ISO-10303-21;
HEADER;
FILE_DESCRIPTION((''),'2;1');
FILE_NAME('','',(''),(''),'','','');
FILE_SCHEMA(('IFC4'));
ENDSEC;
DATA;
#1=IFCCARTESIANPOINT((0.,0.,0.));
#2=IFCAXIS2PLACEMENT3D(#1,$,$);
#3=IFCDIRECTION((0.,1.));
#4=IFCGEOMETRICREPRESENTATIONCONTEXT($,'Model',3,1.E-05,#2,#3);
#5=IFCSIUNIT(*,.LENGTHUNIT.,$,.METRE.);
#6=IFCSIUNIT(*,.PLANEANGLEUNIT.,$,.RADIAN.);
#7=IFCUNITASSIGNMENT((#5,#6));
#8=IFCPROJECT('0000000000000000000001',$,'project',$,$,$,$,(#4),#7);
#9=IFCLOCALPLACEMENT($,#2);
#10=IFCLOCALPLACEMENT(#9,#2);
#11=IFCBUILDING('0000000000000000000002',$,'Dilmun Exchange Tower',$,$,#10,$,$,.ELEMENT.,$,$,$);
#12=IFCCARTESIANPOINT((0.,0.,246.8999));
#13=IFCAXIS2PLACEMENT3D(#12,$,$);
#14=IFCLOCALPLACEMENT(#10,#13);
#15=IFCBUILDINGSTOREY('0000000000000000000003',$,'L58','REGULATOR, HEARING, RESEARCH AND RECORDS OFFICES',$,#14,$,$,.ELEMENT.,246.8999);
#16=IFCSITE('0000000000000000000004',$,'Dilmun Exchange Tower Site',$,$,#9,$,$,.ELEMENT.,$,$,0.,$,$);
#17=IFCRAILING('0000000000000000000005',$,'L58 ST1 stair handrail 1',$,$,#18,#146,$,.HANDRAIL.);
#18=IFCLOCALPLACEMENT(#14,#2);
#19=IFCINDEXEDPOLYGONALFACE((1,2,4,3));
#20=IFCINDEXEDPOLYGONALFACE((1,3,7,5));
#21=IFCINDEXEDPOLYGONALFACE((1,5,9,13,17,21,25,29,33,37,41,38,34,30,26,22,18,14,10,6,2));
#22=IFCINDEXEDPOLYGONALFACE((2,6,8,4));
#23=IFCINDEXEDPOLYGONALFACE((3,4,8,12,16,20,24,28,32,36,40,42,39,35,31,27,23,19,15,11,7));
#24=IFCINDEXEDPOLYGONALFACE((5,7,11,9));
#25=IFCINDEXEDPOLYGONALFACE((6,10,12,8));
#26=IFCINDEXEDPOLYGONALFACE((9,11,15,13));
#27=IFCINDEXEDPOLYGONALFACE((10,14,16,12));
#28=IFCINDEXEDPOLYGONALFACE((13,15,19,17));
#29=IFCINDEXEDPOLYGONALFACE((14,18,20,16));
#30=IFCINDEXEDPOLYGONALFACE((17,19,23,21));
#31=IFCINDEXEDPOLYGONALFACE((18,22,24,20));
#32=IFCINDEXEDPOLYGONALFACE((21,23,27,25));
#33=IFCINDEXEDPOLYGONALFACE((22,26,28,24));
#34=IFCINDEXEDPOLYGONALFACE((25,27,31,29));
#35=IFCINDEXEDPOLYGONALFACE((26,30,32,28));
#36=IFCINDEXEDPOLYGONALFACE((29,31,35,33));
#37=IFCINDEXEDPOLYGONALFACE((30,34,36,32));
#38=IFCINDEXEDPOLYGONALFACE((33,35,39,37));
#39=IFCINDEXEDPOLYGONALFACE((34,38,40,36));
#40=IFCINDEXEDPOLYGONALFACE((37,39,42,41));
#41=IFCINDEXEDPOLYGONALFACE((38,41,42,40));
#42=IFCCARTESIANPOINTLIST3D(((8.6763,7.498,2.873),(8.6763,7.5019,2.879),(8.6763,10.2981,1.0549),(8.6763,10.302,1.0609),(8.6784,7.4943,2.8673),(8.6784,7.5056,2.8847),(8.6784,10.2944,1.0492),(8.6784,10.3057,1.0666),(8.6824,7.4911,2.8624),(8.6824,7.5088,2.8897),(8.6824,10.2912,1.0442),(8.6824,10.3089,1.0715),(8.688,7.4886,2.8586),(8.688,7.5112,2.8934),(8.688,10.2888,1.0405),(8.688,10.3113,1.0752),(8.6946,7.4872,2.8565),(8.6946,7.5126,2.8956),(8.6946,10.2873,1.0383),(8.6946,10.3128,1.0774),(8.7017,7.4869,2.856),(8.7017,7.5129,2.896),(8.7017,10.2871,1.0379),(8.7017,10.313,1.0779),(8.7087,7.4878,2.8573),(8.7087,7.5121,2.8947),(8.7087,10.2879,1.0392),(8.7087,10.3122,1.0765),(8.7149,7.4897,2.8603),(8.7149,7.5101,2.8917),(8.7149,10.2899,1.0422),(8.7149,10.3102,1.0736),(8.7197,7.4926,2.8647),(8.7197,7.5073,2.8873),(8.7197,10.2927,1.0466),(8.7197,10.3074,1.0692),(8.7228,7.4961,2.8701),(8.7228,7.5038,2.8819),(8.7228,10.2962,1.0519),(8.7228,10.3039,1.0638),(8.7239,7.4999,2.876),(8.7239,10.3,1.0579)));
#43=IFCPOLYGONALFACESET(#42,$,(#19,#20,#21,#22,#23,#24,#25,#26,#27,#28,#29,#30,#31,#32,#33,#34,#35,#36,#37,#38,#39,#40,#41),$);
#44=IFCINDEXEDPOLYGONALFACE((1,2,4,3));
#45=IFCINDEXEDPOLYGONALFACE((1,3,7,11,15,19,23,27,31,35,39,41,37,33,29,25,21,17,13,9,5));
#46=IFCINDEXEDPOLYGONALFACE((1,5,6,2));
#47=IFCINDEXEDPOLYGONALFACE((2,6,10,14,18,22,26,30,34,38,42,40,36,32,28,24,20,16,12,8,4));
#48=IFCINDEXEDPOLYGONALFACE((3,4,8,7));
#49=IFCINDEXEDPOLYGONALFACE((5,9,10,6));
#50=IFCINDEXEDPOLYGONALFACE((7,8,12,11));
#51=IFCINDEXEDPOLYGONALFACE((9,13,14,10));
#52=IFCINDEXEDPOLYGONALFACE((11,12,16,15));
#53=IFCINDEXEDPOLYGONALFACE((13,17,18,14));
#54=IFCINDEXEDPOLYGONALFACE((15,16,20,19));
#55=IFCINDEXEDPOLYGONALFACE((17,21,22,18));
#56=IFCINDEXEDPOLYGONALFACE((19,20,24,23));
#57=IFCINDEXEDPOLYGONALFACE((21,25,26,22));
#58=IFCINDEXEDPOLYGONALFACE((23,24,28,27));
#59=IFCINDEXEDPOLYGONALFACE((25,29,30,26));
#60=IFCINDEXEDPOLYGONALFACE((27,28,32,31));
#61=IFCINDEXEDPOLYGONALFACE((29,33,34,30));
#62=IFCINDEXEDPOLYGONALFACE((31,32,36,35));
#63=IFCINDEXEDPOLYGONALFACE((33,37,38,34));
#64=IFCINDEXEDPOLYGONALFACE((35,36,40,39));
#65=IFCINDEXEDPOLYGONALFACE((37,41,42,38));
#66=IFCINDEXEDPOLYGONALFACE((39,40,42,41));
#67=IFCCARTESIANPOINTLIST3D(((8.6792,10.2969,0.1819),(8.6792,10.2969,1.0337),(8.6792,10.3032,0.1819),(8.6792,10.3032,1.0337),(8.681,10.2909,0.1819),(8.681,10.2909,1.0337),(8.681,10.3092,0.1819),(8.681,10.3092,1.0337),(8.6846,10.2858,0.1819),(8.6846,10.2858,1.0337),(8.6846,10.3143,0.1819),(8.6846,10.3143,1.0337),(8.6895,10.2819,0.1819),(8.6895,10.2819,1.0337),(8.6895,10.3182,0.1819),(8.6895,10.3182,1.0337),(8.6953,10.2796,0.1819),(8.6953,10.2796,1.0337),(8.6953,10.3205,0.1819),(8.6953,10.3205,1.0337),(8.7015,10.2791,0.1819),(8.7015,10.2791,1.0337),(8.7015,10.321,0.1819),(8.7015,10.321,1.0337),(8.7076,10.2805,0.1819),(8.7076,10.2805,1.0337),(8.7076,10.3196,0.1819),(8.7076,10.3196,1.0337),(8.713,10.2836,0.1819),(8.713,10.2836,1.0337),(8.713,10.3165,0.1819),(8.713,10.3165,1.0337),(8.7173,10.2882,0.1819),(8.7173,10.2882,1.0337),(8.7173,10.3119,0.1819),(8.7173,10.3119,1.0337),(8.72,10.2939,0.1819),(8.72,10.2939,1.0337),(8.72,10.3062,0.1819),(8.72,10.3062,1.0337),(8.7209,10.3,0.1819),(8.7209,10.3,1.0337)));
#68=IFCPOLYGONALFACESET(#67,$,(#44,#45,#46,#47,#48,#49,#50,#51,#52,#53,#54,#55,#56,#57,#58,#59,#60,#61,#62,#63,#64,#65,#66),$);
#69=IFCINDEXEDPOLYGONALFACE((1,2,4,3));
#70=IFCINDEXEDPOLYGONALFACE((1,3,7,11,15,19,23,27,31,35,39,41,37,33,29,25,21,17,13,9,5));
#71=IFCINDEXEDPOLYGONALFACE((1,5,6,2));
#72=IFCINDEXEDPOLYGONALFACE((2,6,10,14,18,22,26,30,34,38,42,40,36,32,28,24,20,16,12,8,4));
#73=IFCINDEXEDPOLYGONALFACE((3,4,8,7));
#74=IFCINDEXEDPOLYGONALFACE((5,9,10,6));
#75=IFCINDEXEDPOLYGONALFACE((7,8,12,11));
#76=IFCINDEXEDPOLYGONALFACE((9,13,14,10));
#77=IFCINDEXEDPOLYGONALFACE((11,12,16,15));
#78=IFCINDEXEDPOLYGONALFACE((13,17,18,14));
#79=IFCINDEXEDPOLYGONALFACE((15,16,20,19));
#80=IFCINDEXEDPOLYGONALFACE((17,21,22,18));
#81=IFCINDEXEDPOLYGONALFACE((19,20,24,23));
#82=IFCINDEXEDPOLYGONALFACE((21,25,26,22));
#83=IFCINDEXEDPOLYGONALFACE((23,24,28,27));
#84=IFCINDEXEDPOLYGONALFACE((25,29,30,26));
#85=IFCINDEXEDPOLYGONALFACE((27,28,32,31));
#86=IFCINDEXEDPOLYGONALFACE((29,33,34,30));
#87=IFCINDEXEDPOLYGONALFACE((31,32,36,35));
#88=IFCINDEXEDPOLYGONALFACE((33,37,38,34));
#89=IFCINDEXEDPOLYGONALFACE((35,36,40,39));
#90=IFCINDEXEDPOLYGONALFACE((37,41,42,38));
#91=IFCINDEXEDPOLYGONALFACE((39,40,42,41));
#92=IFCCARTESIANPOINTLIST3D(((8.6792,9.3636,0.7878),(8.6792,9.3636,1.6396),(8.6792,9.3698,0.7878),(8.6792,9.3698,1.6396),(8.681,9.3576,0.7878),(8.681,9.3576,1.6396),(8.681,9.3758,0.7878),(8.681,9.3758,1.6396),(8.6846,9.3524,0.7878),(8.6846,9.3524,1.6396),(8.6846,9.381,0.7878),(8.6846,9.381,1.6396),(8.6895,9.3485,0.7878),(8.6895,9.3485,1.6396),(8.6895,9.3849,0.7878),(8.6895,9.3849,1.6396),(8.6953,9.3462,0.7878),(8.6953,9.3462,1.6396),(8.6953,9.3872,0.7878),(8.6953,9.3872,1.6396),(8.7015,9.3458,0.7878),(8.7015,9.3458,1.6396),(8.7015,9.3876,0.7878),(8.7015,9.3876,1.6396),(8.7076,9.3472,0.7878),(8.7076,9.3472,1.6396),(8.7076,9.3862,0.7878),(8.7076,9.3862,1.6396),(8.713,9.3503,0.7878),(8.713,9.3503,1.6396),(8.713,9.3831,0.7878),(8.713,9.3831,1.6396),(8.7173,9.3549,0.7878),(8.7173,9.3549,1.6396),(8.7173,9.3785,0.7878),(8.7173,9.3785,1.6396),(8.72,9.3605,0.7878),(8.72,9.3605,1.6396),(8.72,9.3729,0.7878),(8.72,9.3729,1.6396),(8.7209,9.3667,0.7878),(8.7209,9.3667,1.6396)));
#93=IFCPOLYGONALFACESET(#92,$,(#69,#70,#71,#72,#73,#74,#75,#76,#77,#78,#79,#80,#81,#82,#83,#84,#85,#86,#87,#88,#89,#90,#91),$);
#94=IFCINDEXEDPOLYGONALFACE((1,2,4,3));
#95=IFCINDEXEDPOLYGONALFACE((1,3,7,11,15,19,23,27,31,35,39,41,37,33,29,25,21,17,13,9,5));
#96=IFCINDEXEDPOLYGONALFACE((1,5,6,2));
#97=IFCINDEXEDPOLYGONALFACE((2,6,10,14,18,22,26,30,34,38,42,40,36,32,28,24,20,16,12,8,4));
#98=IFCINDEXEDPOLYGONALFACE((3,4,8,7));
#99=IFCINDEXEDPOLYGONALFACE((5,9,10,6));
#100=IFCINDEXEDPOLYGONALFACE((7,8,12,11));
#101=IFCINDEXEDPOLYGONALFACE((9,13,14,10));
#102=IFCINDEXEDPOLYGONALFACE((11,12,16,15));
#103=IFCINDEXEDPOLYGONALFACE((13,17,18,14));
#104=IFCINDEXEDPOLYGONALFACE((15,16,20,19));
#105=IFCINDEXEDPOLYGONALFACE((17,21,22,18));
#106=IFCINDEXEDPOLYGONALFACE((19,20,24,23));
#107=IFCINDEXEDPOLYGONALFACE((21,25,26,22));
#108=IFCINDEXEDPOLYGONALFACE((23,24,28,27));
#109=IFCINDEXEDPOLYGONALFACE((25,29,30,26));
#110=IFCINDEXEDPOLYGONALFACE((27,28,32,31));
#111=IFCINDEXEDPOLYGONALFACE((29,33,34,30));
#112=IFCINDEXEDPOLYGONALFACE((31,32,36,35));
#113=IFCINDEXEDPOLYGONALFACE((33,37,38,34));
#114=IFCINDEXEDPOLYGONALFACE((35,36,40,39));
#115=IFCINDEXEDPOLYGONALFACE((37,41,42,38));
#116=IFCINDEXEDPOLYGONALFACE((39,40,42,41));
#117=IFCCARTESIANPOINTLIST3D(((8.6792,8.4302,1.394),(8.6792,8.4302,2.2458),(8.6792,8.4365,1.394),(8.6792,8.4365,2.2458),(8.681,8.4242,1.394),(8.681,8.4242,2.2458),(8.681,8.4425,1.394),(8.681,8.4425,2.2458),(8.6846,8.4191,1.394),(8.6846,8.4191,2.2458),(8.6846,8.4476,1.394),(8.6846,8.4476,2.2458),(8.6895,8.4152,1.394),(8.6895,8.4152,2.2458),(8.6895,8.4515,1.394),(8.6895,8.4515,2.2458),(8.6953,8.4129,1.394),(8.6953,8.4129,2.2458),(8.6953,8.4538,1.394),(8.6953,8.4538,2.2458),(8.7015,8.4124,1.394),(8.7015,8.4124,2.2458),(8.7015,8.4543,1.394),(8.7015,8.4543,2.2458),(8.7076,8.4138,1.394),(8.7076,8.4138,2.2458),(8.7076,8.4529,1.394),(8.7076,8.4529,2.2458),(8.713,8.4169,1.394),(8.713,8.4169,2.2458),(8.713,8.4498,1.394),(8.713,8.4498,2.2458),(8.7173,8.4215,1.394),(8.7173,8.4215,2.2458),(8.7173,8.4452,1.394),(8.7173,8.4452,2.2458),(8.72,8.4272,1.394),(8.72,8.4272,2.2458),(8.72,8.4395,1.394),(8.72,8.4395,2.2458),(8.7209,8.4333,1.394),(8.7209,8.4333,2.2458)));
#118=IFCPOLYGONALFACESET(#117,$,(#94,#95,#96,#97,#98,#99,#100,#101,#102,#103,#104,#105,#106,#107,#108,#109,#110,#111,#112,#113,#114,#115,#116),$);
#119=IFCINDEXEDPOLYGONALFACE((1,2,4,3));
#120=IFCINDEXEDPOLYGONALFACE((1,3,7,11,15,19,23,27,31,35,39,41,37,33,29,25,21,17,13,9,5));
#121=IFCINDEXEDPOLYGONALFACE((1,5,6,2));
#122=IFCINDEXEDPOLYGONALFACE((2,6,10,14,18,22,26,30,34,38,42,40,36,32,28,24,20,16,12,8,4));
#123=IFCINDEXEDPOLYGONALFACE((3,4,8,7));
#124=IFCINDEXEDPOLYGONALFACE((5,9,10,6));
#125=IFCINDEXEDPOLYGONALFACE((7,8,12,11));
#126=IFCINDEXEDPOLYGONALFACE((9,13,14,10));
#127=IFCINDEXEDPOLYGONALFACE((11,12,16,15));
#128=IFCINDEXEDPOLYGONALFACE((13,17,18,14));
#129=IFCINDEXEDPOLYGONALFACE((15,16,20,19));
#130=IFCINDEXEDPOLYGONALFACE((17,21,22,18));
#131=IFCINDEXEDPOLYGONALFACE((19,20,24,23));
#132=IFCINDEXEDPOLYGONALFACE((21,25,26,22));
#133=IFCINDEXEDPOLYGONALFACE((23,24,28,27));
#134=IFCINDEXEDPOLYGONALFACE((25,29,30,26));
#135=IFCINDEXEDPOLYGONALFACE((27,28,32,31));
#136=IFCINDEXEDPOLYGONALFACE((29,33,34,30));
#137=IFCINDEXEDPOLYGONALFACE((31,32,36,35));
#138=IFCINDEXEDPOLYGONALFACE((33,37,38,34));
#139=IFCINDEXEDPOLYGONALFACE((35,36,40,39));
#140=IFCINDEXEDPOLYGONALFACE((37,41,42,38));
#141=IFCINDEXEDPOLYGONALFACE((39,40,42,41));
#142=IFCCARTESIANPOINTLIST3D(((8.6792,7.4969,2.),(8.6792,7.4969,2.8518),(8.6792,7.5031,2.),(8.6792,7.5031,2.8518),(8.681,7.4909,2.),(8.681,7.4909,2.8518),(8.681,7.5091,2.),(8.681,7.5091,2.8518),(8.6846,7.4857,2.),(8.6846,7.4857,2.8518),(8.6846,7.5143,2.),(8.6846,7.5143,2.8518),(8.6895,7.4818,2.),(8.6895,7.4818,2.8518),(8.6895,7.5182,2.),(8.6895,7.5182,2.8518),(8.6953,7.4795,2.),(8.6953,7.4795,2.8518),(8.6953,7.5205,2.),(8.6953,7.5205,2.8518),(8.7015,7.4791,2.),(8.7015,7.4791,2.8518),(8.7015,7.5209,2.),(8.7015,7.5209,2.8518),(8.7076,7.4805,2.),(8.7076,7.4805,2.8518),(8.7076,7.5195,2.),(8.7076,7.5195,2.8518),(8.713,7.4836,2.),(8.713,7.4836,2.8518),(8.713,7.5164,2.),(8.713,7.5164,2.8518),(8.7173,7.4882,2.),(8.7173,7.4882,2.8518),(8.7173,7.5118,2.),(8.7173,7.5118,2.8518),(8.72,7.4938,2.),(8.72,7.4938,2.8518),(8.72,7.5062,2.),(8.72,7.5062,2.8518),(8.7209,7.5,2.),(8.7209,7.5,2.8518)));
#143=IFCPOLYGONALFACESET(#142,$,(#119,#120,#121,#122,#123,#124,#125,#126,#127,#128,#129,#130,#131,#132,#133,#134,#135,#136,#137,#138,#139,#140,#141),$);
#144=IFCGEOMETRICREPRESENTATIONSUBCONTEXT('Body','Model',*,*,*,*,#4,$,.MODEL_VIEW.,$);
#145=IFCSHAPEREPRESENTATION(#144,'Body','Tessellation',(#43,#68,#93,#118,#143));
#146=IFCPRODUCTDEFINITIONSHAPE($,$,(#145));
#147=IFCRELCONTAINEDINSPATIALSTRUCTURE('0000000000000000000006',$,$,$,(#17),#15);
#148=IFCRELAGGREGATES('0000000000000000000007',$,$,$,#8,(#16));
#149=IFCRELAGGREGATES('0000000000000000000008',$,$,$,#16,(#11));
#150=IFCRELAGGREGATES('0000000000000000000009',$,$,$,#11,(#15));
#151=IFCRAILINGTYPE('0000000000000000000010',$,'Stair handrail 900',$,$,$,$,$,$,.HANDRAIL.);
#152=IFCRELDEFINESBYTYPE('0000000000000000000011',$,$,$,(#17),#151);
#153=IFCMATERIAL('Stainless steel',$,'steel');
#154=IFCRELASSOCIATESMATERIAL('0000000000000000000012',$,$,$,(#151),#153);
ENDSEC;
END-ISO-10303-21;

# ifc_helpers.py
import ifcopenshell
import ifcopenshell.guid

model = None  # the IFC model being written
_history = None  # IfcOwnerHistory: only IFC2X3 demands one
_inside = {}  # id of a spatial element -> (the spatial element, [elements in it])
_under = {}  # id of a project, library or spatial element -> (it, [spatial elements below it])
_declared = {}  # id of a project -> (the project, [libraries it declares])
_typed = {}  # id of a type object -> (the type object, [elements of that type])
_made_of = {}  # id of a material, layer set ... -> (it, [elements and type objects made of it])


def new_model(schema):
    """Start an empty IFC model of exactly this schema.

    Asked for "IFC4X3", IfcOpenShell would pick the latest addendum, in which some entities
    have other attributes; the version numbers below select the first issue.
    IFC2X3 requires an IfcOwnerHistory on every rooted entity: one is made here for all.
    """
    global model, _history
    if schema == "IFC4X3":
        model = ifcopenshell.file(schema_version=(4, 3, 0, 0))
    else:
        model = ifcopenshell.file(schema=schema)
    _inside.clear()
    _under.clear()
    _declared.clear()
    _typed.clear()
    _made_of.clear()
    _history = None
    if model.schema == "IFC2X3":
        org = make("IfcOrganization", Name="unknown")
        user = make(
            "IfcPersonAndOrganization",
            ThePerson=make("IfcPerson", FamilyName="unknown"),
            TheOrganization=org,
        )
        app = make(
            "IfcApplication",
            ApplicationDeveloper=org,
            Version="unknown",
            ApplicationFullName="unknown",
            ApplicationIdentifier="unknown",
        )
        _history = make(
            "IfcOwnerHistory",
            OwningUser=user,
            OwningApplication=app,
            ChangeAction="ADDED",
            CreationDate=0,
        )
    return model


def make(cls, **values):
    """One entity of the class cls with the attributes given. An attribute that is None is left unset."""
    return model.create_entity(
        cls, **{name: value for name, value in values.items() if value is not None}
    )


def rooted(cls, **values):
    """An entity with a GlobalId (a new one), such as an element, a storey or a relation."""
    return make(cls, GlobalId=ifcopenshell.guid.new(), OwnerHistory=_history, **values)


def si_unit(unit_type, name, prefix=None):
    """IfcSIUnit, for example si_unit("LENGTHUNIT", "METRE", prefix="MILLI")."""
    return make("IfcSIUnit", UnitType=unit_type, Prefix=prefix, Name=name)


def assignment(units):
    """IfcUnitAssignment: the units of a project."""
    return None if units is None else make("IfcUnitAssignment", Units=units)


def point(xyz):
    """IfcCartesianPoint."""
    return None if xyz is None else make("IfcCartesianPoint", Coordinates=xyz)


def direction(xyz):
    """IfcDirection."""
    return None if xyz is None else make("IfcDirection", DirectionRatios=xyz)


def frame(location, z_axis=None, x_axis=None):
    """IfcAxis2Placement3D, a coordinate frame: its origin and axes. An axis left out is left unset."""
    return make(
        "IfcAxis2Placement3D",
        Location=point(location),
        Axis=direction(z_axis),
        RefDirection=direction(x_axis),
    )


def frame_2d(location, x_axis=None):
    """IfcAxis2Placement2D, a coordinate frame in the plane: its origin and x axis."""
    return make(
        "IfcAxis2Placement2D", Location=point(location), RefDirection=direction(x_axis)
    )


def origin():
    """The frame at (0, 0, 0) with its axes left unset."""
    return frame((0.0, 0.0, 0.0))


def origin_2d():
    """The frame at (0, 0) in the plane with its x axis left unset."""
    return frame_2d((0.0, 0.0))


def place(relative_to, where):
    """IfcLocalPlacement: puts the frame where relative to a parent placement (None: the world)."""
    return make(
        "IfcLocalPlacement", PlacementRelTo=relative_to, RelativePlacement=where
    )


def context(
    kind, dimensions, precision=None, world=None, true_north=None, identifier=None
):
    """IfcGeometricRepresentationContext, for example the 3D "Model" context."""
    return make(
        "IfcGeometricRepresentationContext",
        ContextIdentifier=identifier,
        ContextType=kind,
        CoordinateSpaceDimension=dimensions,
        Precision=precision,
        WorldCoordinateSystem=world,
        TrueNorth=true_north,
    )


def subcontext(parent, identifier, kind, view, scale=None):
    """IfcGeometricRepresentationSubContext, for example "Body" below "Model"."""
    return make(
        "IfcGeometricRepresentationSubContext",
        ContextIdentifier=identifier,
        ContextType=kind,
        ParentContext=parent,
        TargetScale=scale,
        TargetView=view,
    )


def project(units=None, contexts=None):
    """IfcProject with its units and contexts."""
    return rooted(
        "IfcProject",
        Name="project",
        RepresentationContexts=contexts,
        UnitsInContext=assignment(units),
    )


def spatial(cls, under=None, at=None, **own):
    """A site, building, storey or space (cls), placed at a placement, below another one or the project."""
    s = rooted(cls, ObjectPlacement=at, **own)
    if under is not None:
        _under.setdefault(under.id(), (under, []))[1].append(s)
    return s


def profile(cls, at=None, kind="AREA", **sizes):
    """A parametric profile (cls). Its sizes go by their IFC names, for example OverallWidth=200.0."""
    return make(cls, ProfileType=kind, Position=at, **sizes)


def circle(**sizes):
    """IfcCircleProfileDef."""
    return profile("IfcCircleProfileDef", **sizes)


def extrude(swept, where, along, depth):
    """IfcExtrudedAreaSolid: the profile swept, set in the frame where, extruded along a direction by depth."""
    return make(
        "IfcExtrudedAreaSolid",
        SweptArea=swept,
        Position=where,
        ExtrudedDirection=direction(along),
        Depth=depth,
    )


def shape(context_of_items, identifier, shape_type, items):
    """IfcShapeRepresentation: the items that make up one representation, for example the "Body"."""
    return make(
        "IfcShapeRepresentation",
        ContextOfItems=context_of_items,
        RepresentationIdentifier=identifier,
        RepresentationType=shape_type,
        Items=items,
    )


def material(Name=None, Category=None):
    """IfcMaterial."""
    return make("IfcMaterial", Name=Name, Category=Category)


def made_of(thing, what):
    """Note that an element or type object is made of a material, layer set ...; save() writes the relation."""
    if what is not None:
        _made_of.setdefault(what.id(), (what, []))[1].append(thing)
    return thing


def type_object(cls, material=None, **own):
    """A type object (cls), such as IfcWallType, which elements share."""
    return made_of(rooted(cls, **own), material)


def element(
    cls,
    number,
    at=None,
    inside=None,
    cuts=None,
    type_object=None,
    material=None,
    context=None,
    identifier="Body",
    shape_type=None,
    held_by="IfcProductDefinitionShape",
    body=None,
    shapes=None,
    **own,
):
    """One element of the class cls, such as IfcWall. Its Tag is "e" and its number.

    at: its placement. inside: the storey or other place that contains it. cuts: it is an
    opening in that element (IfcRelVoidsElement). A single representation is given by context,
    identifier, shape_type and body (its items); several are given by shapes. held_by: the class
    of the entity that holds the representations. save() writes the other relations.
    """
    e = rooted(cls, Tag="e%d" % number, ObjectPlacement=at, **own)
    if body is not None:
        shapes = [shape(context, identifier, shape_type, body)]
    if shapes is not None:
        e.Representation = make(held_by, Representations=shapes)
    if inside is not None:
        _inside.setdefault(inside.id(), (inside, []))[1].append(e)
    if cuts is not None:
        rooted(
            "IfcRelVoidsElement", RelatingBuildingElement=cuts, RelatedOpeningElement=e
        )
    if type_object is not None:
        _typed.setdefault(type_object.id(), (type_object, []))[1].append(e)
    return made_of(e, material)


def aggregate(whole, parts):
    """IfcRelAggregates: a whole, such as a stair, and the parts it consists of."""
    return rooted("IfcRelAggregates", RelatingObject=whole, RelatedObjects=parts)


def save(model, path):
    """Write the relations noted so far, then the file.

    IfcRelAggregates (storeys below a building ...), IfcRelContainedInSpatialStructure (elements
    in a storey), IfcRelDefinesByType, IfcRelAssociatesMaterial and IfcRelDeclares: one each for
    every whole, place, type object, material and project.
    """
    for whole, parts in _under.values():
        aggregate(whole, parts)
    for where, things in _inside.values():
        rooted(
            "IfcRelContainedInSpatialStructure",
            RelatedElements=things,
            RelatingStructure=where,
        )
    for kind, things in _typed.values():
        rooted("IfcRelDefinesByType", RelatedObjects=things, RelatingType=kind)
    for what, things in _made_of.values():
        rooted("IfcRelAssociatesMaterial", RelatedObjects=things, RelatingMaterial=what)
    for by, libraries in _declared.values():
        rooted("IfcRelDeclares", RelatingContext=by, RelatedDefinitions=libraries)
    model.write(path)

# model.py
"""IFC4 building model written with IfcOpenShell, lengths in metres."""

from ifc_helpers import new_model, si_unit, direction, frame, origin, origin_2d, place, context, subcontext, project, spatial, circle, extrude, material, type_object, element, save


model = new_model("IFC4")

# Units and contexts
model_context = context("Model", 3, precision=1e-05, world=origin(), true_north=direction((0.0, 1.0)))
body_context = subcontext(model_context, "Body", "Model", "MODEL_VIEW")
ifc_project = project(units=[si_unit("LENGTHUNIT", "METRE"), si_unit("PLANEANGLEUNIT", "RADIAN")], contexts=[model_context])

# Site, building, storey
site_placement = place(None, origin())
site = spatial("IfcSite", under=ifc_project, at=site_placement, Name="Dilmun Exchange Tower Site", CompositionType="ELEMENT", RefElevation=0.0)
building_placement = place(site_placement, origin())
building = spatial("IfcBuilding", under=site, at=building_placement, Name="Dilmun Exchange Tower", CompositionType="ELEMENT")
storey_placement = place(building_placement, frame((0.0, 0.0, 246.8999)))
storey = spatial("IfcBuildingStorey", under=building, at=storey_placement, Name="L58", Description="REGULATOR, HEARING, RESEARCH AND RECORDS OFFICES", CompositionType="ELEMENT", Elevation=246.8999)

# Railing
ifc_material_1 = material(Name="Stainless steel", Category="steel")
railing_type = type_object("IfcRailingType", Name="Stair handrail 900", PredefinedType="HANDRAIL", material=ifc_material_1)
railing_1_placement = place(storey_placement, frame((8.7, 10.3, 0.1819)))
element("IfcRailing", 1, at=railing_1_placement, inside=storey, type_object=railing_type, Name="L58 ST1 stair handrail 1", PredefinedType="HANDRAIL", context=body_context, shape_type="SweptSolid", body=[
    extrude(circle(Radius=0.0239, at=origin_2d()), frame((0.0, 0.0, 0.876), z_axis=(0.0, -0.838706, 0.544585), x_axis=(1.0, 0.0, 0.0)), (0.0, 0.0, 1.0), 3.3386),
    extrude(circle(Radius=0.021, at=origin_2d()), origin(), (0.0, 0.0, 1.0), 0.8518),
    extrude(circle(Radius=0.021, at=origin_2d()), frame((0.0, -0.9333, 0.606)), (0.0, 0.0, 1.0), 0.8518),
    extrude(circle(Radius=0.021, at=origin_2d()), frame((0.0, -1.8667, 1.2122)), (0.0, 0.0, 1.0), 0.8518),
    extrude(circle(Radius=0.021, at=origin_2d()), frame((0.0, -2.8, 1.8181)), (0.0, 0.0, 1.0), 0.8518),
])

save(model, "model.ifc")
